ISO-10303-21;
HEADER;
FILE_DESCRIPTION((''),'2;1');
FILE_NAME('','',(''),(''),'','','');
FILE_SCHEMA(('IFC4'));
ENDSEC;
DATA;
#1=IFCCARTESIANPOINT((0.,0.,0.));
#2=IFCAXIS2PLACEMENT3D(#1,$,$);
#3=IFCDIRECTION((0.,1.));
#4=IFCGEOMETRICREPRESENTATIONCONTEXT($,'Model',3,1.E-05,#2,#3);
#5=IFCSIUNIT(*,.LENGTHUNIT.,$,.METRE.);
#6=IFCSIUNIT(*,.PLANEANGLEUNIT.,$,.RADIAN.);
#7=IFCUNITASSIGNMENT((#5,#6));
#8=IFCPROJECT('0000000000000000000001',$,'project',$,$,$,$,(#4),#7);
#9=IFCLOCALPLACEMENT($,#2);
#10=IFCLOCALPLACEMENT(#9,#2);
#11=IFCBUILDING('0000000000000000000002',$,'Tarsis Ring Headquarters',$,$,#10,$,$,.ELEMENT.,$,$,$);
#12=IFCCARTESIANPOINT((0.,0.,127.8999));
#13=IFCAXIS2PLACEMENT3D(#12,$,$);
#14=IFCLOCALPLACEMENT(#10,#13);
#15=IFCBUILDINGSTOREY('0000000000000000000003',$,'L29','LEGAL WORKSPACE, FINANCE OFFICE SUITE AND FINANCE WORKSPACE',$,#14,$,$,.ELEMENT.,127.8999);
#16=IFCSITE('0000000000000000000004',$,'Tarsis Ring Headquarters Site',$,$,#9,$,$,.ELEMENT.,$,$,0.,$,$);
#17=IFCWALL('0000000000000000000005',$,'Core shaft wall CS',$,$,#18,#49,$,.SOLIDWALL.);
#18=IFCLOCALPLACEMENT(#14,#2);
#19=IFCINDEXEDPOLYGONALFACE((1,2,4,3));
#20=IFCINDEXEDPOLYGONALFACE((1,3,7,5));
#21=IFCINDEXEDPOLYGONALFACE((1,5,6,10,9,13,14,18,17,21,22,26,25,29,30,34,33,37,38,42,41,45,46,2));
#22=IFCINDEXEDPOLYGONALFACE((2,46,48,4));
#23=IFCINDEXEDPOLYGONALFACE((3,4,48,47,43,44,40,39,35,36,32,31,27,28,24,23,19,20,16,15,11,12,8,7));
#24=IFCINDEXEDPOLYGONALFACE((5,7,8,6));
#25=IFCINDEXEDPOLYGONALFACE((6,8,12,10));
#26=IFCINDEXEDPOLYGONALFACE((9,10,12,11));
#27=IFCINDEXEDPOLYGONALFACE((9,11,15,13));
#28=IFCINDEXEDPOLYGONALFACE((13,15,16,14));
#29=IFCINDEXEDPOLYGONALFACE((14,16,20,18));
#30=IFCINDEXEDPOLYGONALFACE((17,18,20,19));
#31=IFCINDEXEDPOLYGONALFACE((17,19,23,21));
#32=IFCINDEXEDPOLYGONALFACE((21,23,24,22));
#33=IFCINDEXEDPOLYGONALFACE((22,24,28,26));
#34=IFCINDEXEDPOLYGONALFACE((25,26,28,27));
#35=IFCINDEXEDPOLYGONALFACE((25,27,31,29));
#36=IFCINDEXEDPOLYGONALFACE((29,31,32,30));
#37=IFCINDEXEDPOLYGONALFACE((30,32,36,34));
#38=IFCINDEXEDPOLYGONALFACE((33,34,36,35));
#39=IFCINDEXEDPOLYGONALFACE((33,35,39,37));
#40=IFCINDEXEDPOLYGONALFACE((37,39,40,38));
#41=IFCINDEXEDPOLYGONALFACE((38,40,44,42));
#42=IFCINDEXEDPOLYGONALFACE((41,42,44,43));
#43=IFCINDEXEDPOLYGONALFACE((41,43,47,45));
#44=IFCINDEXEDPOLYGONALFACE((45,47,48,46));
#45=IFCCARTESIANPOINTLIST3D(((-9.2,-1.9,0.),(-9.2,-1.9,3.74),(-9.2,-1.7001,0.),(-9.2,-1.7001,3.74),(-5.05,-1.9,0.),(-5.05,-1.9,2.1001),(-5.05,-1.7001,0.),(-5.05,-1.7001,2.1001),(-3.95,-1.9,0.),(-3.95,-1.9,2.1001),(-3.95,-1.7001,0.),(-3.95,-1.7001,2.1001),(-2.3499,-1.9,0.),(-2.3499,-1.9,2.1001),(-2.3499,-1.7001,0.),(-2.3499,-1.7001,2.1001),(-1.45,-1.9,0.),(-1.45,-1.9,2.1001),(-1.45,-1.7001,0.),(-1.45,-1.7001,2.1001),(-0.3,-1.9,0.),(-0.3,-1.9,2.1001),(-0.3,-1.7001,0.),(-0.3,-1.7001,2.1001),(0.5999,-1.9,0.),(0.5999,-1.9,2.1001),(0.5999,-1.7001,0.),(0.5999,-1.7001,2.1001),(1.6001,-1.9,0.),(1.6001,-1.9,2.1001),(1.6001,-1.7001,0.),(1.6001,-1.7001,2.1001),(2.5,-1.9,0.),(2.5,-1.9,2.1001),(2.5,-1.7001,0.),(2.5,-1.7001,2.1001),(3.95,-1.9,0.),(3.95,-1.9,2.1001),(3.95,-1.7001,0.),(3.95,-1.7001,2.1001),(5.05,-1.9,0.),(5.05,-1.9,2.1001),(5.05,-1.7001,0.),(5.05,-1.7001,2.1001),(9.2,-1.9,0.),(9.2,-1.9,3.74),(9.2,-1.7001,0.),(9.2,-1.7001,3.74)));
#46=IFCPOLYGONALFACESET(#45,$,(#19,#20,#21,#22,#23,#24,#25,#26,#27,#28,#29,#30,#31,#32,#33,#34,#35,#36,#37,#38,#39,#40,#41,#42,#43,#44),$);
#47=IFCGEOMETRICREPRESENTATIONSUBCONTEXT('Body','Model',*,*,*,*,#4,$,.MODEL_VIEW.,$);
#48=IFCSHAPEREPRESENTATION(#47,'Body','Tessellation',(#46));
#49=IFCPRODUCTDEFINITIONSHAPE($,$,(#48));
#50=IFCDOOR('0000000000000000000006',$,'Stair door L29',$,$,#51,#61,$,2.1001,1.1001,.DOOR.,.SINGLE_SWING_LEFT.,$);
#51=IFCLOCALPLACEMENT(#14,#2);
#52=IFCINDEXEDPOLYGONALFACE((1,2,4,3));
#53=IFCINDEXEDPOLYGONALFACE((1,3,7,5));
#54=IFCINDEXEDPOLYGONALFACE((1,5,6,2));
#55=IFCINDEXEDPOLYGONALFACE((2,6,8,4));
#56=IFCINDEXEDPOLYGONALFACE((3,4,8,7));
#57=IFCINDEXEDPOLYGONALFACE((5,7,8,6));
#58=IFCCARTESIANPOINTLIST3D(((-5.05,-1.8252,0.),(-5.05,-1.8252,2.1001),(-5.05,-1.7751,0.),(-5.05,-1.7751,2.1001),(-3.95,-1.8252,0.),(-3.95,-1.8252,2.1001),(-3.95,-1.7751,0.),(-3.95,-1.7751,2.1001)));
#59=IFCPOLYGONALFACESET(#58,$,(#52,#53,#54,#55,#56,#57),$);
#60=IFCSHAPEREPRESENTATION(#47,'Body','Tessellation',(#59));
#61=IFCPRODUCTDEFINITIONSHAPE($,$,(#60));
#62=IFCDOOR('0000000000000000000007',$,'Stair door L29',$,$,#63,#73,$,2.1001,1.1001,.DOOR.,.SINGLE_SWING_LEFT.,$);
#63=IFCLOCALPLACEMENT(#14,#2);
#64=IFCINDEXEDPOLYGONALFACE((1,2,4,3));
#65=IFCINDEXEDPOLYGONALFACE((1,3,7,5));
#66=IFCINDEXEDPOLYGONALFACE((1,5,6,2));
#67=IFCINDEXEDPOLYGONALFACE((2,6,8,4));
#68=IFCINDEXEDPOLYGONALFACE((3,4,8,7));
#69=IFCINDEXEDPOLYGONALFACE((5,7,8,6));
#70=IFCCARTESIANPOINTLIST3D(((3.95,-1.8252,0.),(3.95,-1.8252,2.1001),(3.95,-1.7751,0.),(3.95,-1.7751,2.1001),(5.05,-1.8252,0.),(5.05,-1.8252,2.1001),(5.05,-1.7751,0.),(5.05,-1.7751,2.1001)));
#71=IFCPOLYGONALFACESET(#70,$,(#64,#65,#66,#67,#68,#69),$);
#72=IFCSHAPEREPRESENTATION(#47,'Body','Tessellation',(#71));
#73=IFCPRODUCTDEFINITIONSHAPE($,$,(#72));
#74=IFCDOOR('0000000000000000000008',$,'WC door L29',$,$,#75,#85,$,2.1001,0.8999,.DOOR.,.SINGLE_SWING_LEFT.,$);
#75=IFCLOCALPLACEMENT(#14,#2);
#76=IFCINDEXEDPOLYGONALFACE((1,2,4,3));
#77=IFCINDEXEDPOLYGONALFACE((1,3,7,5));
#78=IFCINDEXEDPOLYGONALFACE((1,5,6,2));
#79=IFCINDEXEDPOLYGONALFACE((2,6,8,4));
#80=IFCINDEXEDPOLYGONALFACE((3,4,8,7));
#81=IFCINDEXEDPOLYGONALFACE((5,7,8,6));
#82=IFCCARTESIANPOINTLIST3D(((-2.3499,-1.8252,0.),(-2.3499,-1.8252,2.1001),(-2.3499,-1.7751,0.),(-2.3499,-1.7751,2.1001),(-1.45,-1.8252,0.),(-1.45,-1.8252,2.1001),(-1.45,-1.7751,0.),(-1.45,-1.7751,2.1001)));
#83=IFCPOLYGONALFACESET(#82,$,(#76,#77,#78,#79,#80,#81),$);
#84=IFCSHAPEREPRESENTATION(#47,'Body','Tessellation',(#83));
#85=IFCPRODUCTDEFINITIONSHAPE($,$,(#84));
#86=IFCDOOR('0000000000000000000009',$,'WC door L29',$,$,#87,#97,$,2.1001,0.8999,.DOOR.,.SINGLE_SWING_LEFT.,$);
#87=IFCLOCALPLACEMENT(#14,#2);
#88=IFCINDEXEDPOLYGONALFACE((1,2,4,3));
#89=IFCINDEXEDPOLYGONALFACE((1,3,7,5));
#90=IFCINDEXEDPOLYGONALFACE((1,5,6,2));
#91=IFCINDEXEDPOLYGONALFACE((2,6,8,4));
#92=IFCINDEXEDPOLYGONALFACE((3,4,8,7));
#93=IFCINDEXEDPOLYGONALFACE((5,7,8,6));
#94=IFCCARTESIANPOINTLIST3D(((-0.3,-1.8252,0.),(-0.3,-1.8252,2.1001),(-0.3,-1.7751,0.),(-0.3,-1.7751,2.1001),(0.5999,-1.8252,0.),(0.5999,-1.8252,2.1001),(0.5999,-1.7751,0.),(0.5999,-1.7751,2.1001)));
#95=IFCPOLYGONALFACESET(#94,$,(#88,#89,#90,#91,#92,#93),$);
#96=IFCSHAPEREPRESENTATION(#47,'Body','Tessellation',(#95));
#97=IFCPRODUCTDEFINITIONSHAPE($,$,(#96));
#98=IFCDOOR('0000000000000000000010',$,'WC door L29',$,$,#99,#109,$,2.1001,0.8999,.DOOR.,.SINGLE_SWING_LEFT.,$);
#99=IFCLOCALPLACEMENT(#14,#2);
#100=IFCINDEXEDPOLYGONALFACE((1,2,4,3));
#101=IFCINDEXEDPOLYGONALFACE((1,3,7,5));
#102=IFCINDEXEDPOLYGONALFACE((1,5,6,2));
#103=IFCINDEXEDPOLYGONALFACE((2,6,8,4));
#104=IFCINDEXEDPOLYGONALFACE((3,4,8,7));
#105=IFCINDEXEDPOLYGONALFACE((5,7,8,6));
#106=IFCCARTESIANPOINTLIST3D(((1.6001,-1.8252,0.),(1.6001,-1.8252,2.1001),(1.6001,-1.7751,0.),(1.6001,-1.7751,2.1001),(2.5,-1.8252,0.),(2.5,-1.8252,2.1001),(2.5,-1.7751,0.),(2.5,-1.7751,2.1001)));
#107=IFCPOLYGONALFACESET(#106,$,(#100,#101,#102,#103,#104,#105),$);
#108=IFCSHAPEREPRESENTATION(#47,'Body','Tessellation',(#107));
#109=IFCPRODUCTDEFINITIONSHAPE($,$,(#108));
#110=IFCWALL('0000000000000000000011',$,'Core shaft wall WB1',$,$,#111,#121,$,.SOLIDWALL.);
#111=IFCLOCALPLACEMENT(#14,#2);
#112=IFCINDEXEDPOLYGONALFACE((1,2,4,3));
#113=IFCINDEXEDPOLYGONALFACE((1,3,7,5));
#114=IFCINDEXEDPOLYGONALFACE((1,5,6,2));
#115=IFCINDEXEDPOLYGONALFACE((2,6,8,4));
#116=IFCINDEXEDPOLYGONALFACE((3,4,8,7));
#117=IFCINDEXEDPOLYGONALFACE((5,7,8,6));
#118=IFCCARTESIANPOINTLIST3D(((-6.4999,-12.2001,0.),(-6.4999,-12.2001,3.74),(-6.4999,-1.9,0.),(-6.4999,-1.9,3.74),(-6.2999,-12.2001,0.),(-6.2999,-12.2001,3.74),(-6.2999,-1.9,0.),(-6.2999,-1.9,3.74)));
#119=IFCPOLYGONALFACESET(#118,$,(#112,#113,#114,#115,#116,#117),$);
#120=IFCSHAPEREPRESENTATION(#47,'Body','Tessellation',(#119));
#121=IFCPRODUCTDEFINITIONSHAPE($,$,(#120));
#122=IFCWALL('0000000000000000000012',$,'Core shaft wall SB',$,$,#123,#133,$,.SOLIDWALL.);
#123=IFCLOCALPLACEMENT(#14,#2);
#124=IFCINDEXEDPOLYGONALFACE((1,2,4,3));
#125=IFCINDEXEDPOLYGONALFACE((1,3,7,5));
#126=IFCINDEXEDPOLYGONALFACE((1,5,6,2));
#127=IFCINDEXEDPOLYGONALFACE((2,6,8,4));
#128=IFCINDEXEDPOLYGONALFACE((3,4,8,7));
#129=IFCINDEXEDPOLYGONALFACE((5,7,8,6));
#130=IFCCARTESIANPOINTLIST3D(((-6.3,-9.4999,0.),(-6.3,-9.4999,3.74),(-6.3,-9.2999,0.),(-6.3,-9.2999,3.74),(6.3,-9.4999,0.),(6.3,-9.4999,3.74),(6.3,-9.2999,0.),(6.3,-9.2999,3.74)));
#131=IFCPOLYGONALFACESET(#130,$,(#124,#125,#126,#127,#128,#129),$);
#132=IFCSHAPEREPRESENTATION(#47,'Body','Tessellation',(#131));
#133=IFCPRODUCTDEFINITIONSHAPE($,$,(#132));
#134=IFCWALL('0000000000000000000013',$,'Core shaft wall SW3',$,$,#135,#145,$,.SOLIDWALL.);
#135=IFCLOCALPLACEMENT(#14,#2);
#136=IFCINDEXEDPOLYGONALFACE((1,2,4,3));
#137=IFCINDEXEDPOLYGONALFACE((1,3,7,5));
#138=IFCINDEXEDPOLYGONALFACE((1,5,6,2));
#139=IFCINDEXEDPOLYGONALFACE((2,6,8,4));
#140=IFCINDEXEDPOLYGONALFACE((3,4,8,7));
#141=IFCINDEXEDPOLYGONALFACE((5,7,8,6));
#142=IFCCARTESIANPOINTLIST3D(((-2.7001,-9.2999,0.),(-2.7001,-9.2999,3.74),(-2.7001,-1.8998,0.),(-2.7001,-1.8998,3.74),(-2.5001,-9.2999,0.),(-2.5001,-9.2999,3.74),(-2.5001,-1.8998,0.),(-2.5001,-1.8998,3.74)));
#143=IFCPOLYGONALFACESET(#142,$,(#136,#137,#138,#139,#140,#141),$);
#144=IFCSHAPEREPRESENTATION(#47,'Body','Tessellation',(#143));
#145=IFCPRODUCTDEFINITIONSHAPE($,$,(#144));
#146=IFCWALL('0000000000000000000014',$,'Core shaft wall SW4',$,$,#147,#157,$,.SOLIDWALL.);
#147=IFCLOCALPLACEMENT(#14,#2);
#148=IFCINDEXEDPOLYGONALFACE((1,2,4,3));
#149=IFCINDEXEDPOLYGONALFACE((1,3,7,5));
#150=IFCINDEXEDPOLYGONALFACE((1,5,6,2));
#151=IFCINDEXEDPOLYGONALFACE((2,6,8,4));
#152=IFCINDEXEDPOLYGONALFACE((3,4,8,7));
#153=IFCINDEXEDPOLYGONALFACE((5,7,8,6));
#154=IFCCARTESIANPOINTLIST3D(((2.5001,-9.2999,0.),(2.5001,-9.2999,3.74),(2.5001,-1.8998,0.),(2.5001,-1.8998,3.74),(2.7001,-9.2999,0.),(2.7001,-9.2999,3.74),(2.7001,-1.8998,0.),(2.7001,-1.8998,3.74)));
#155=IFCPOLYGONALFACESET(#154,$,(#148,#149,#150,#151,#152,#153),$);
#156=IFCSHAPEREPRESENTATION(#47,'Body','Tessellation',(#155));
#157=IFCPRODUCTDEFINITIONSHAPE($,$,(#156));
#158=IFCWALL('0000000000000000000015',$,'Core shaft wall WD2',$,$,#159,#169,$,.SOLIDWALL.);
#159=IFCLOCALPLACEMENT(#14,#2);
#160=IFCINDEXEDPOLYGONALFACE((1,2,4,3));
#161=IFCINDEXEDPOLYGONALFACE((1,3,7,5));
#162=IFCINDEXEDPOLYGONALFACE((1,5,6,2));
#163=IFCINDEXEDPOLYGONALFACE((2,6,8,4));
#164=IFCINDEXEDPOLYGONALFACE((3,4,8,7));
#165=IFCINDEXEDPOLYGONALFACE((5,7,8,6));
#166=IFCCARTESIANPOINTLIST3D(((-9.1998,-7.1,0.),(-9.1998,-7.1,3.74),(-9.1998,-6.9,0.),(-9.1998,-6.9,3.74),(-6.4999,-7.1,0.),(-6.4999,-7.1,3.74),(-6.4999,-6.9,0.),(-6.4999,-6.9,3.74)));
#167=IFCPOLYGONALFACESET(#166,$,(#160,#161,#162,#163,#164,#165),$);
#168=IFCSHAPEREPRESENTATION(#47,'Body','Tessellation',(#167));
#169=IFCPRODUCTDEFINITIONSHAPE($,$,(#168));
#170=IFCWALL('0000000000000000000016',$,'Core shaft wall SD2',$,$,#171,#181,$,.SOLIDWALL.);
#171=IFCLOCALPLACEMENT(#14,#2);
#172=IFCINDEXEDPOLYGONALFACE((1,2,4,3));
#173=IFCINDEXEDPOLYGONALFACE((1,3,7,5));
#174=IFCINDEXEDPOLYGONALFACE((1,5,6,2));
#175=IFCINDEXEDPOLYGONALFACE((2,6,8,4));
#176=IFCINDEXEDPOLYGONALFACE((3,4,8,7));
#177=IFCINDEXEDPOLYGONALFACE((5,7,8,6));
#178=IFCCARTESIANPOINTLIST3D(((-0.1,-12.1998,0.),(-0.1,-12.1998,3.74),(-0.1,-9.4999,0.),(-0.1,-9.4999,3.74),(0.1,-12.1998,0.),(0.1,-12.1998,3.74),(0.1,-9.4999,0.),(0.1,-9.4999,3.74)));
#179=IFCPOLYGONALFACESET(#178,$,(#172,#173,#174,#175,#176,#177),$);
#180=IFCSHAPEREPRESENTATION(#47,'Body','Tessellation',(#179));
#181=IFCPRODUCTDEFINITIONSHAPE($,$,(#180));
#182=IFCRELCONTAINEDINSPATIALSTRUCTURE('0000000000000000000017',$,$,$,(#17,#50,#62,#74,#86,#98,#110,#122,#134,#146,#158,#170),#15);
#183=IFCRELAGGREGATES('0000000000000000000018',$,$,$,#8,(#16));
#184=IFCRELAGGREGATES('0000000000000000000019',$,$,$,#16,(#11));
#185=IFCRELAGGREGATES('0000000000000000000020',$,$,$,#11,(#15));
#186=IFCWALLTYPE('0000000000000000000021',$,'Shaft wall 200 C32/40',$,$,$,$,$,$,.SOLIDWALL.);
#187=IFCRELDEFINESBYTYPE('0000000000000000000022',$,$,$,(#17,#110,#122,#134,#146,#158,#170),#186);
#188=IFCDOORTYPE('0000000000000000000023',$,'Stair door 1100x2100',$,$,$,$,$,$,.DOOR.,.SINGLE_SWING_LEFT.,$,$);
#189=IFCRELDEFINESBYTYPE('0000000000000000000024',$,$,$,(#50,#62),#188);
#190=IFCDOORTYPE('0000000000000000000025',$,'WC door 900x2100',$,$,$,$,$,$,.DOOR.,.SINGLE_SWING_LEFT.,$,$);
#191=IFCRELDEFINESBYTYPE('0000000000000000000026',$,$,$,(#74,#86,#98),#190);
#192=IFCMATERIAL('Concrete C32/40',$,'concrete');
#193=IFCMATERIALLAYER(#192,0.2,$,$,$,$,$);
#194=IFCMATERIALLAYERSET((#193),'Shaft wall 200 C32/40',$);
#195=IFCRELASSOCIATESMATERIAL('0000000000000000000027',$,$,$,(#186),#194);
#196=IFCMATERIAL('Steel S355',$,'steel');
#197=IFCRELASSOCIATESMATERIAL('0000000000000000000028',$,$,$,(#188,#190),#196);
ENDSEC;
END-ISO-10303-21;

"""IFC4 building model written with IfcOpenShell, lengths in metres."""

from ifc_helpers import new_model, si_unit, direction, frame, frame_2d, origin, place, context, subcontext, project, spatial, rectangle, extrude, material, layer, layer_set, type_object, element, fill, save


model = new_model("IFC4")

# Units and contexts
model_context = context("Model", 3, precision=1e-05, world=origin(), true_north=direction((0.0, 1.0)))
body_context = subcontext(model_context, "Body", "Model", "MODEL_VIEW")
ifc_project = project(units=[si_unit("LENGTHUNIT", "METRE"), si_unit("PLANEANGLEUNIT", "RADIAN")], contexts=[model_context])

# Site, building, storey
site_placement = place(None, origin())
site = spatial("IfcSite", under=ifc_project, at=site_placement, Name="Tarsis Ring Headquarters Site", CompositionType="ELEMENT", RefElevation=0.0)
building_placement = place(site_placement, origin())
building = spatial("IfcBuilding", under=site, at=building_placement, Name="Tarsis Ring Headquarters", CompositionType="ELEMENT")
storey_placement = place(building_placement, frame((0.0, 0.0, 127.8999)))
storey = spatial("IfcBuildingStorey", under=building, at=storey_placement, Name="L29", Description="LEGAL WORKSPACE, FINANCE OFFICE SUITE AND FINANCE WORKSPACE", CompositionType="ELEMENT", Elevation=127.8999)

# Shared definitions
ifc_material_1 = material(Name="Concrete C32/40", Category="concrete")

# Wall, openings, doors
ifc_layer_1 = layer(ifc_material_1, 0.2)
ifc_layer_set_1 = layer_set([ifc_layer_1], Name="Shaft wall 200 C32/40")
wall_type_1 = type_object("IfcWallType", Name="Shaft wall 200 C32/40", PredefinedType="SOLIDWALL", material=ifc_layer_set_1)
wall_1_placement = place(storey_placement, frame((-9.2, -1.8, 0.0), z_axis=(0.0, 0.0, 1.0), x_axis=(1.0, 0.0, 0.0)))
wall_1 = element("IfcWall", 1, at=wall_1_placement, inside=storey, type_object=wall_type_1, Name="Core shaft wall CS", PredefinedType="SOLIDWALL", context=body_context, shape_type="SweptSolid", body=[
    extrude(rectangle(XDim=18.3999, YDim=0.2, at=frame_2d((9.2, 0.0))), origin(), (0.0, 0.0, 1.0), 3.74),
])
opening_1_placement = place(wall_1_placement, frame((4.1499, 0.0, 0.0)))
opening_1 = element("IfcOpeningElement", 2, at=opening_1_placement, cuts=wall_1, PredefinedType="OPENING", context=body_context, shape_type="SweptSolid", body=[
    extrude(rectangle(XDim=1.1001, YDim=2.1001, at=frame_2d((0.55, 1.05))), frame((0.0, 0.1099, 0.0), z_axis=(0.0, -1.0, 0.0), x_axis=(1.0, 0.0, 0.0)), (0.0, 0.0, 1.0), 0.22),
])
opening_2_placement = place(wall_1_placement, frame((6.8501, 0.0, 0.0)))
opening_2 = element("IfcOpeningElement", 3, at=opening_2_placement, cuts=wall_1, PredefinedType="OPENING", context=body_context, shape_type="SweptSolid", body=[
    extrude(rectangle(XDim=0.8999, YDim=2.1001, at=frame_2d((0.45, 1.05))), frame((0.0, 0.1099, 0.0), z_axis=(0.0, -1.0, 0.0), x_axis=(1.0, 0.0, 0.0)), (0.0, 0.0, 1.0), 0.22),
])
opening_3_placement = place(wall_1_placement, frame((8.8999, 0.0, 0.0)))
opening_3 = element("IfcOpeningElement", 4, at=opening_3_placement, cuts=wall_1, PredefinedType="OPENING", context=body_context, shape_type="SweptSolid", body=[
    extrude(rectangle(XDim=0.8999, YDim=2.1001, at=frame_2d((0.45, 1.05))), frame((0.0, 0.1099, 0.0), z_axis=(0.0, -1.0, 0.0), x_axis=(1.0, 0.0, 0.0)), (0.0, 0.0, 1.0), 0.22),
])
opening_4_placement = place(wall_1_placement, frame((10.8, 0.0, 0.0)))
opening_4 = element("IfcOpeningElement", 5, at=opening_4_placement, cuts=wall_1, PredefinedType="OPENING", context=body_context, shape_type="SweptSolid", body=[
    extrude(rectangle(XDim=0.8999, YDim=2.1001, at=frame_2d((0.45, 1.05))), frame((0.0, 0.1099, 0.0), z_axis=(0.0, -1.0, 0.0), x_axis=(1.0, 0.0, 0.0)), (0.0, 0.0, 1.0), 0.22),
])
opening_5_placement = place(wall_1_placement, frame((13.1499, 0.0, 0.0)))
opening_5 = element("IfcOpeningElement", 6, at=opening_5_placement, cuts=wall_1, PredefinedType="OPENING", context=body_context, shape_type="SweptSolid", body=[
    extrude(rectangle(XDim=1.1001, YDim=2.1001, at=frame_2d((0.55, 1.05))), frame((0.0, 0.1099, 0.0), z_axis=(0.0, -1.0, 0.0), x_axis=(1.0, 0.0, 0.0)), (0.0, 0.0, 1.0), 0.22),
])
ifc_material_2 = material(Name="Steel S355", Category="steel")
door_type_1 = type_object("IfcDoorType", Name="Stair door 1100x2100", OperationType="SINGLE_SWING_LEFT", PredefinedType="DOOR", material=ifc_material_2)
door_1_placement = place(opening_1_placement, origin())
door_1 = element("IfcDoor", 7, at=door_1_placement, inside=storey, type_object=door_type_1, Name="Stair door L29", OperationType="SINGLE_SWING_LEFT", OverallHeight=2.1001, OverallWidth=1.1001, PredefinedType="DOOR", context=body_context, shape_type="SweptSolid", body=[
    extrude(rectangle(XDim=1.1001, YDim=2.1001, at=frame_2d((0.55, 1.05))), frame((0.0, 0.0249, 0.0), z_axis=(0.0, -1.0, 0.0), x_axis=(1.0, 0.0, 0.0)), (0.0, 0.0, 1.0), 0.05),
])
fill(opening_1, door_1)
door_2_placement = place(opening_5_placement, origin())
door_2 = element("IfcDoor", 8, at=door_2_placement, inside=storey, type_object=door_type_1, Name="Stair door L29", OperationType="SINGLE_SWING_LEFT", OverallHeight=2.1001, OverallWidth=1.1001, PredefinedType="DOOR", context=body_context, shape_type="SweptSolid", body=[
    extrude(rectangle(XDim=1.1001, YDim=2.1001, at=frame_2d((0.55, 1.05))), frame((0.0, 0.0249, 0.0), z_axis=(0.0, -1.0, 0.0), x_axis=(1.0, 0.0, 0.0)), (0.0, 0.0, 1.0), 0.05),
])
fill(opening_5, door_2)
door_type_2 = type_object("IfcDoorType", Name="WC door 900x2100", OperationType="SINGLE_SWING_LEFT", PredefinedType="DOOR", material=ifc_material_2)
door_3_placement = place(opening_2_placement, origin())
door_3 = element("IfcDoor", 9, at=door_3_placement, inside=storey, type_object=door_type_2, Name="WC door L29", OperationType="SINGLE_SWING_LEFT", OverallHeight=2.1001, OverallWidth=0.8999, PredefinedType="DOOR", context=body_context, shape_type="SweptSolid", body=[
    extrude(rectangle(XDim=0.8999, YDim=2.1001, at=frame_2d((0.45, 1.05))), frame((0.0, 0.0249, 0.0), z_axis=(0.0, -1.0, 0.0), x_axis=(1.0, 0.0, 0.0)), (0.0, 0.0, 1.0), 0.05),
])
fill(opening_2, door_3)
door_4_placement = place(opening_3_placement, origin())
door_4 = element("IfcDoor", 10, at=door_4_placement, inside=storey, type_object=door_type_2, Name="WC door L29", OperationType="SINGLE_SWING_LEFT", OverallHeight=2.1001, OverallWidth=0.8999, PredefinedType="DOOR", context=body_context, shape_type="SweptSolid", body=[
    extrude(rectangle(XDim=0.8999, YDim=2.1001, at=frame_2d((0.45, 1.05))), frame((0.0, 0.0249, 0.0), z_axis=(0.0, -1.0, 0.0), x_axis=(1.0, 0.0, 0.0)), (0.0, 0.0, 1.0), 0.05),
])
fill(opening_3, door_4)
door_5_placement = place(opening_4_placement, origin())
door_5 = element("IfcDoor", 11, at=door_5_placement, inside=storey, type_object=door_type_2, Name="WC door L29", OperationType="SINGLE_SWING_LEFT", OverallHeight=2.1001, OverallWidth=0.8999, PredefinedType="DOOR", context=body_context, shape_type="SweptSolid", body=[
    extrude(rectangle(XDim=0.8999, YDim=2.1001, at=frame_2d((0.45, 1.05))), frame((0.0, 0.0249, 0.0), z_axis=(0.0, -1.0, 0.0), x_axis=(1.0, 0.0, 0.0)), (0.0, 0.0, 1.0), 0.05),
])
fill(opening_4, door_5)

# Walls
wall_2_placement = place(storey_placement, frame((-6.3999, -12.2, 0.0), z_axis=(0.0, 0.0, 1.0), x_axis=(0.0, 1.0, 0.0)))
element("IfcWall", 12, at=wall_2_placement, inside=storey, type_object=wall_type_1, Name="Core shaft wall WB1", PredefinedType="SOLIDWALL", context=body_context, shape_type="SweptSolid", body=[
    extrude(rectangle(XDim=10.3, YDim=0.2, at=frame_2d((5.1499, 0.0))), origin(), (0.0, 0.0, 1.0), 3.74),
])
wall_3_placement = place(storey_placement, frame((-6.3, -9.3999, 0.0), z_axis=(0.0, 0.0, 1.0), x_axis=(1.0, 0.0, 0.0)))
element("IfcWall", 13, at=wall_3_placement, inside=storey, type_object=wall_type_1, Name="Core shaft wall SB", PredefinedType="SOLIDWALL", context=body_context, shape_type="SweptSolid", body=[
    extrude(rectangle(XDim=12.6001, YDim=0.2, at=frame_2d((6.3, 0.0))), origin(), (0.0, 0.0, 1.0), 3.74),
])
for number, where, z_axis, x_axis, name in (
    (14, (-2.6001, -9.3, 0.0), (0.0, 0.0, 1.0), (0.0, 1.0, 0.0), "Core shaft wall SW3"),
    (15, (2.6001, -9.3, 0.0), (0.0, 0.0, 1.0), (0.0, 1.0, 0.0), "Core shaft wall SW4"),
):
    element("IfcWall", number, at=place(storey_placement, frame(where, z_axis=z_axis, x_axis=x_axis)), inside=storey, type_object=wall_type_1, Name=name, PredefinedType="SOLIDWALL", context=body_context, shape_type="SweptSolid", body=[
        extrude(rectangle(XDim=7.4001, YDim=0.2, at=frame_2d((3.7002, 0.0))), origin(), (0.0, 0.0, 1.0), 3.74),
    ])
for number, where, z_axis, x_axis, name in (
    (16, (-9.2, -7.0, 0.0), (0.0, 0.0, 1.0), (1.0, 0.0, 0.0), "Core shaft wall WD2"),
    (17, (0.0, -12.2, 0.0), (0.0, 0.0, 1.0), (0.0, 1.0, 0.0), "Core shaft wall SD2"),
):
    element("IfcWall", number, at=place(storey_placement, frame(where, z_axis=z_axis, x_axis=x_axis)), inside=storey, type_object=wall_type_1, Name=name, PredefinedType="SOLIDWALL", context=body_context, shape_type="SweptSolid", body=[
        extrude(rectangle(XDim=2.7, YDim=0.2, at=frame_2d((1.3501, 0.0))), origin(), (0.0, 0.0, 1.0), 3.74),
    ])

save(model, "model.ifc")
